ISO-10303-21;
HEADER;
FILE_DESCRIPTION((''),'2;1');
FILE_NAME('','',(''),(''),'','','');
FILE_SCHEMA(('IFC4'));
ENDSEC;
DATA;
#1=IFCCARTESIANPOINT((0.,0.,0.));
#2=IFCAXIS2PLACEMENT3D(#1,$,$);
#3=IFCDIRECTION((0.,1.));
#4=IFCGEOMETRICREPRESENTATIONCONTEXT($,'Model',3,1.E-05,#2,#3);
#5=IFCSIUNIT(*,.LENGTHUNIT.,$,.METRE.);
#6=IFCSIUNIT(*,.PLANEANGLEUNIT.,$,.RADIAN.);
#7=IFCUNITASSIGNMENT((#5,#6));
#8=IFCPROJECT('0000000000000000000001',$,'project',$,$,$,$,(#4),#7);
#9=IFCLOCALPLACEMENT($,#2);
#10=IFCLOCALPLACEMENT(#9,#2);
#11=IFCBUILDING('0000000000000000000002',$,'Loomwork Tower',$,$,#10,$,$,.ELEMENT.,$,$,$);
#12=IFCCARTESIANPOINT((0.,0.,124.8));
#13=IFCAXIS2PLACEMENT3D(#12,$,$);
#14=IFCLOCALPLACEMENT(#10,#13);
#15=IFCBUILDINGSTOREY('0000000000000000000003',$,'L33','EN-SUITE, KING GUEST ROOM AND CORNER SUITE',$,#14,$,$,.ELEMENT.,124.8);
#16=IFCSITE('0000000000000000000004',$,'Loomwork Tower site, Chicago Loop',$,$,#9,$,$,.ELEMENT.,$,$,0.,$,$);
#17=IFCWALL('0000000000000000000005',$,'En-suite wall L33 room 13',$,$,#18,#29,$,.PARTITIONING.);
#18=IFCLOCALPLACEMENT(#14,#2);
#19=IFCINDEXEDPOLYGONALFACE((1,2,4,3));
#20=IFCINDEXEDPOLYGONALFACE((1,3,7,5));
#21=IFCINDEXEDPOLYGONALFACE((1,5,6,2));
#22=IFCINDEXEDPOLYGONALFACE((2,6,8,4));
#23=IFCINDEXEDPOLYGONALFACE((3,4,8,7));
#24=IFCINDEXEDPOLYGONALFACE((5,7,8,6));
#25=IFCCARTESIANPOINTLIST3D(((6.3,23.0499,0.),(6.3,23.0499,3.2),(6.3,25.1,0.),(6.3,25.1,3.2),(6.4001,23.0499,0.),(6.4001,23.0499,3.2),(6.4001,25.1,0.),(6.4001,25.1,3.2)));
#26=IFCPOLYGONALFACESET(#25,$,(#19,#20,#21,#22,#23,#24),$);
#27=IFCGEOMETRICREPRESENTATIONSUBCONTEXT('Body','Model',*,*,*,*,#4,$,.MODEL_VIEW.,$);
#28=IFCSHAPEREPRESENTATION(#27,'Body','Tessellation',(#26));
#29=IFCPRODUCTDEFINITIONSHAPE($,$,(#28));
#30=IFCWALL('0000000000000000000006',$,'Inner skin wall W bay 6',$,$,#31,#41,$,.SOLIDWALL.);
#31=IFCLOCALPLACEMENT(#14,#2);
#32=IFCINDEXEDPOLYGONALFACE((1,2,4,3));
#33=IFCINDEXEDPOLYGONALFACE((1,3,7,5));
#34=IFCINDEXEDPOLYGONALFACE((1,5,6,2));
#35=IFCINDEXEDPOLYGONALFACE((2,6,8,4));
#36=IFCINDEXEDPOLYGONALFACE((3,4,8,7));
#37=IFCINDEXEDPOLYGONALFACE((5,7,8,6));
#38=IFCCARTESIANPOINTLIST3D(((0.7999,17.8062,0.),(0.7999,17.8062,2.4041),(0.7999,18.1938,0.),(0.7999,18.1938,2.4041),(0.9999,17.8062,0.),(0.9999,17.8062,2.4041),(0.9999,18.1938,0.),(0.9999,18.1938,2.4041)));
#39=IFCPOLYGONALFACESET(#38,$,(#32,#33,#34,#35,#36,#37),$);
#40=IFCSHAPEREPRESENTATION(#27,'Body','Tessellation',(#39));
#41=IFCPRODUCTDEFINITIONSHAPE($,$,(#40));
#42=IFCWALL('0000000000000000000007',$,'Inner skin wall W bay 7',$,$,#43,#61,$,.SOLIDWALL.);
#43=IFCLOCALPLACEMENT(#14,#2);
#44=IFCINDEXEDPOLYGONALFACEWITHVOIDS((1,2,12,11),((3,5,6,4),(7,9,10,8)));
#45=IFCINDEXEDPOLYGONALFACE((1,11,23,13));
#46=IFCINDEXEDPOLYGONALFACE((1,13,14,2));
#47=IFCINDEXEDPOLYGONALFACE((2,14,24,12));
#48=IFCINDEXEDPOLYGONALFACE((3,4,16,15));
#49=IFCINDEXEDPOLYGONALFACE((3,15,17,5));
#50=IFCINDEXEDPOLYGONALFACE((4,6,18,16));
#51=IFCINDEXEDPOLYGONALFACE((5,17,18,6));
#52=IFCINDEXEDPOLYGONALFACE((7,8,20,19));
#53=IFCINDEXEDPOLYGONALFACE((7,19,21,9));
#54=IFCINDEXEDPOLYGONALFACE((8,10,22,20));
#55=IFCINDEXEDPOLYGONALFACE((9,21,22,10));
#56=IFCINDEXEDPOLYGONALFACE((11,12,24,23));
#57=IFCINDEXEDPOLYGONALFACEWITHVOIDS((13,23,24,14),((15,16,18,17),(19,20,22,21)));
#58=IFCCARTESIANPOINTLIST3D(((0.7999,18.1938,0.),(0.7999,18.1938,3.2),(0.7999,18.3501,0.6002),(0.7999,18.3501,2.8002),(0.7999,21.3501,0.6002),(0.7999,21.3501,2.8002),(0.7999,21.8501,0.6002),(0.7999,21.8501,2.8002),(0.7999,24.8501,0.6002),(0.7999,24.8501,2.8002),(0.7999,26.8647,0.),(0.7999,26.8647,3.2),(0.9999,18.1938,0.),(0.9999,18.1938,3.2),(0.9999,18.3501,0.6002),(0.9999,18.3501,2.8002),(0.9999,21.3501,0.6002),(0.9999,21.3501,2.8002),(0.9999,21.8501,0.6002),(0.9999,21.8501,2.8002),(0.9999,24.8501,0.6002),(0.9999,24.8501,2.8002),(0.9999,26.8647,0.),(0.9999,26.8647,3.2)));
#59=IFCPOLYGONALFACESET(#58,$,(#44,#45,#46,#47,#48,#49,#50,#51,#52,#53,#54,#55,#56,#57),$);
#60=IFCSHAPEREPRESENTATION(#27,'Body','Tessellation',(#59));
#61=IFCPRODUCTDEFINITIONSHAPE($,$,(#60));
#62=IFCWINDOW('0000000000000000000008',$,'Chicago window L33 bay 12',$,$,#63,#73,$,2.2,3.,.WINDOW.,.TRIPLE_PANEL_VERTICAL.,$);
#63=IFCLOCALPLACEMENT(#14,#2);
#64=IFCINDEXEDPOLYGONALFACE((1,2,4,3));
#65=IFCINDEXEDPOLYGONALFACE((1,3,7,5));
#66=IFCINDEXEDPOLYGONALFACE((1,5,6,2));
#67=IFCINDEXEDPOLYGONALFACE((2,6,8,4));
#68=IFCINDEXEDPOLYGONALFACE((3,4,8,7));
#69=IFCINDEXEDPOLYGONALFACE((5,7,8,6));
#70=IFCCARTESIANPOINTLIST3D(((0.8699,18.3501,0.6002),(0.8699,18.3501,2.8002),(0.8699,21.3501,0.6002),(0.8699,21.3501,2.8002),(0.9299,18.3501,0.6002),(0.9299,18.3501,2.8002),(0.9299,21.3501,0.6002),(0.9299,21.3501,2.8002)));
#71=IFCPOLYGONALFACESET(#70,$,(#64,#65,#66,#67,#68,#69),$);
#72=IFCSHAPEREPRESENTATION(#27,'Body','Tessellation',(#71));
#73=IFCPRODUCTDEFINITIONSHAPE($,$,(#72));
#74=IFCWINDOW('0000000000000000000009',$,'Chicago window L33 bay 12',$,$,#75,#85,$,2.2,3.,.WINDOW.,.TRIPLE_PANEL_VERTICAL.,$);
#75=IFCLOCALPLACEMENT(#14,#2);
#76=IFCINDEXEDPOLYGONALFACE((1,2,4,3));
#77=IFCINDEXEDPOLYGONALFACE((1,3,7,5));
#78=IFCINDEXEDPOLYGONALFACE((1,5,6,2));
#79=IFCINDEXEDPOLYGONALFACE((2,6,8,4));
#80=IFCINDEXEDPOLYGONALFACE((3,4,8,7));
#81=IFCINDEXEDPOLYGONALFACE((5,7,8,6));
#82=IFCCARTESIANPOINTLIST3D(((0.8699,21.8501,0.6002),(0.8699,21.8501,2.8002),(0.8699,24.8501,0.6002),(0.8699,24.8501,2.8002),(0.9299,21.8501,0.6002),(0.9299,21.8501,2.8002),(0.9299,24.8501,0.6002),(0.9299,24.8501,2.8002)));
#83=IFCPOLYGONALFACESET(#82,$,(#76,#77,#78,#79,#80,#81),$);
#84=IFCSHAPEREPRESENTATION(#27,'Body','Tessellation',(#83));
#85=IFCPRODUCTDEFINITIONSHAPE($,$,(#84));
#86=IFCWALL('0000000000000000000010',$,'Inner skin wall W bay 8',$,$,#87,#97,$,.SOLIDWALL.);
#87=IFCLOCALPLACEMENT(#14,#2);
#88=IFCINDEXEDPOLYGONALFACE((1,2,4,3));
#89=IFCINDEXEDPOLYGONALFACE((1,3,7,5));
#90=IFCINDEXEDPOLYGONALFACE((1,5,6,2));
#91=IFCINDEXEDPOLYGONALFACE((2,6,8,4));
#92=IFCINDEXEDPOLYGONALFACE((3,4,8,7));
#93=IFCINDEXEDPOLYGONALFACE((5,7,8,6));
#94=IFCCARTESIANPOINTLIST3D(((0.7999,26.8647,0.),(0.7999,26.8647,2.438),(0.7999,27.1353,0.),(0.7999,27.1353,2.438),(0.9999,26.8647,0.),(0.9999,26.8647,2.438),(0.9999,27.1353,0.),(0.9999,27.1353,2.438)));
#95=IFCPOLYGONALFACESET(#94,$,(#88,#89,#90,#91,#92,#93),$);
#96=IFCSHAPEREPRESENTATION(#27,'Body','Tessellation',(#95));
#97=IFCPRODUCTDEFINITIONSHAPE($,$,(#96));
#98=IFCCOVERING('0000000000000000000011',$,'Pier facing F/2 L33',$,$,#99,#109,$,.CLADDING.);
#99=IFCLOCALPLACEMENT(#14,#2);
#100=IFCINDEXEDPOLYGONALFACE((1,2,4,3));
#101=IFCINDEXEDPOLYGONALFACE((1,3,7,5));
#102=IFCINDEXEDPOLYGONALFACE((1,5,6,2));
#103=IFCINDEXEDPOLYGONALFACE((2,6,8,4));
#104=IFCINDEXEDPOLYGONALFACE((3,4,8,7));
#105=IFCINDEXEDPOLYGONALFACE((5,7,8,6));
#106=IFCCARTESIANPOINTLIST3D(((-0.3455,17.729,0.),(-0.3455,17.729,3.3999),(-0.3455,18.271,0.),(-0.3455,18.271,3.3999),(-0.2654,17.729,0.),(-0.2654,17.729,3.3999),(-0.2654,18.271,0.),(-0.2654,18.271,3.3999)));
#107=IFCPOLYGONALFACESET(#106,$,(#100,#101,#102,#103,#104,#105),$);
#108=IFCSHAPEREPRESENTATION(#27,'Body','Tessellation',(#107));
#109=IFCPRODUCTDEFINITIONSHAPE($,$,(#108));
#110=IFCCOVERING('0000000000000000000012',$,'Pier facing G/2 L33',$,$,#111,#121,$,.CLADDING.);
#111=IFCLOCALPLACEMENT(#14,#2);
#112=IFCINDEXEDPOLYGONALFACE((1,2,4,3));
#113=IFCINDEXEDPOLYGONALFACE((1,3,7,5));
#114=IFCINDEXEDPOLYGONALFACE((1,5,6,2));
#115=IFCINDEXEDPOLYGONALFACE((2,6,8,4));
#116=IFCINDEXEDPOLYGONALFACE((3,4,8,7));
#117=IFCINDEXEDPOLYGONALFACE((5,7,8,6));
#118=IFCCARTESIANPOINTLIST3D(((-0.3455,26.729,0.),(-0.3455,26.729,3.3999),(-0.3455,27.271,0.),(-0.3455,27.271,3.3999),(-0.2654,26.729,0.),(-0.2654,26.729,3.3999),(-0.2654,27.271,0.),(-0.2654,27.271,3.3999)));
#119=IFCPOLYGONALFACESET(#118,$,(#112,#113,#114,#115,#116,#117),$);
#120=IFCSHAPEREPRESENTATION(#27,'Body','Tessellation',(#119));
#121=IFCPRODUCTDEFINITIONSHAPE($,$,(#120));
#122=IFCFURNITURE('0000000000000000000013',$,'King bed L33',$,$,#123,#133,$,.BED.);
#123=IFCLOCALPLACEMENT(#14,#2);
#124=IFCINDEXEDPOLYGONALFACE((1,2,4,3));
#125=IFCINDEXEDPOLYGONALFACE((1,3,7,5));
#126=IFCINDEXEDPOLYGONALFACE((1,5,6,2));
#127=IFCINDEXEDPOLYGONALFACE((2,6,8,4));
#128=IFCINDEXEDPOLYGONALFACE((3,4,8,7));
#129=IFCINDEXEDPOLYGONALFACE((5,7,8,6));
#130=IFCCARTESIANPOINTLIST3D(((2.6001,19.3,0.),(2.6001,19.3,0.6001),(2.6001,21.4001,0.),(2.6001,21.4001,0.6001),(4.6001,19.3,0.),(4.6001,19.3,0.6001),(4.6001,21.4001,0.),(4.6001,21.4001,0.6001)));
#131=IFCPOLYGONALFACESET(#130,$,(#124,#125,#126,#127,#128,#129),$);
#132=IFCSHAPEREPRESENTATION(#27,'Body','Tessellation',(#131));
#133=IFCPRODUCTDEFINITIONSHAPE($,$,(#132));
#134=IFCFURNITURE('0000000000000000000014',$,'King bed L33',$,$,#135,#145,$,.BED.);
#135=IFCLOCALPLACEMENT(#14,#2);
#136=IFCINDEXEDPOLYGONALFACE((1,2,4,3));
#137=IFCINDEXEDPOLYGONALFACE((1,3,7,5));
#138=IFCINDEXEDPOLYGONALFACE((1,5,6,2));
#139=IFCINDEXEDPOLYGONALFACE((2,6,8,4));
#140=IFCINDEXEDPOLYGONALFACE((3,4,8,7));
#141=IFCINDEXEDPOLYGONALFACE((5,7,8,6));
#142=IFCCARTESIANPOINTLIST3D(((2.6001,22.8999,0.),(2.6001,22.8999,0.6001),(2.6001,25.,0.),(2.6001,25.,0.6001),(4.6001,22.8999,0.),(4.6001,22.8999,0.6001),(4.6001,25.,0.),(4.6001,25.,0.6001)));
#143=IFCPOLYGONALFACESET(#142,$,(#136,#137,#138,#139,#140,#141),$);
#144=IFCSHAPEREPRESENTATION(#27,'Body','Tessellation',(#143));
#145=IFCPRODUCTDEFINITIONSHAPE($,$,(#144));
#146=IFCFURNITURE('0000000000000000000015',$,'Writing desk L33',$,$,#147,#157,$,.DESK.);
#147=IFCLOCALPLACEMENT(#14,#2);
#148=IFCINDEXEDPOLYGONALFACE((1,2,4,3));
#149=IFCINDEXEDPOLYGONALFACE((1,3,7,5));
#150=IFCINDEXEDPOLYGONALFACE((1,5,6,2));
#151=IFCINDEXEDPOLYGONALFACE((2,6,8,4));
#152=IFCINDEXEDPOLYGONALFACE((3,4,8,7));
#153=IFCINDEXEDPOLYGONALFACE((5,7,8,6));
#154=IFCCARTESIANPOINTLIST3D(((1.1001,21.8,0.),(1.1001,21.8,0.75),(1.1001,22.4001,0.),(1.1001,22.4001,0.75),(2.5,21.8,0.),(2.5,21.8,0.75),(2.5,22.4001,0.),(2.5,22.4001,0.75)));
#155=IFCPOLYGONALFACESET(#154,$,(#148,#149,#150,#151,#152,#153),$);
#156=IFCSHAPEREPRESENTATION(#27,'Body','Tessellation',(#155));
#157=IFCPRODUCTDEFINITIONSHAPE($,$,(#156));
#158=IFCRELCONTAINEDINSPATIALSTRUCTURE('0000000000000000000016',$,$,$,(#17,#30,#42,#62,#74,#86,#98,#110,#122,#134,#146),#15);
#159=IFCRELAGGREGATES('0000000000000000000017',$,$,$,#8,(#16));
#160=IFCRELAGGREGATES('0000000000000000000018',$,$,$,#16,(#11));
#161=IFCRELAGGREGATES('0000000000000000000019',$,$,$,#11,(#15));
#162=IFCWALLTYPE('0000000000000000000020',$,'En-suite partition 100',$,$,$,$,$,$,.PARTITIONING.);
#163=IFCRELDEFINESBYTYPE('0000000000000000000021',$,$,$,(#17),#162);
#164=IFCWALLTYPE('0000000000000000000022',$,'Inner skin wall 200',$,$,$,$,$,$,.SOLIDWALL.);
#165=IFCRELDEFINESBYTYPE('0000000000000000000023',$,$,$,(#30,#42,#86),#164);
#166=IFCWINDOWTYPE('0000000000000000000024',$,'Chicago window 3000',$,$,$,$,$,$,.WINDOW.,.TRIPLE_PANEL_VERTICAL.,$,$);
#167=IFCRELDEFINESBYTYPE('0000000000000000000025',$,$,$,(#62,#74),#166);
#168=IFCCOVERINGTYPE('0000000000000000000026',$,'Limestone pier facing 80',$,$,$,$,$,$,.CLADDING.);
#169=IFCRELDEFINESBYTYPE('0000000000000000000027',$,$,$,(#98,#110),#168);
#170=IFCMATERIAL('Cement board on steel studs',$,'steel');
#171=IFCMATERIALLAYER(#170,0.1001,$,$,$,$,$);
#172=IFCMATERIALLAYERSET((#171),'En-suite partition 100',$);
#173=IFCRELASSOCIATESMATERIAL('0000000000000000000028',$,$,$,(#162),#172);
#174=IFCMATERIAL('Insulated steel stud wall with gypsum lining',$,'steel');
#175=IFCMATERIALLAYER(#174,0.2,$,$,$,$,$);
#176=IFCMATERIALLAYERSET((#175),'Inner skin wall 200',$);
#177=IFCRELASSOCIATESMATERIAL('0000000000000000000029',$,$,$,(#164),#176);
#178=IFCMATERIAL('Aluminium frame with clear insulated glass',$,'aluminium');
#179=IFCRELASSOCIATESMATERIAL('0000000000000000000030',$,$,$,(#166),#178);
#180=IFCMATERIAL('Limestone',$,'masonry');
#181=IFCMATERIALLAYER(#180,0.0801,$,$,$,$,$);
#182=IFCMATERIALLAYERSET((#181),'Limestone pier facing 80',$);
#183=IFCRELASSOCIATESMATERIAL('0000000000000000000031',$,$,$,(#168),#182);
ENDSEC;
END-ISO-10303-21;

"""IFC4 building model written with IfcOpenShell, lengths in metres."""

from ifc_helpers import new_model, si_unit, direction, frame, frame_2d, origin, origin_2d, place, context, subcontext, project, spatial, rectangle, extrude, material, layer, layer_set, type_object, element, fill, save


model = new_model("IFC4")

# Units and contexts
model_context = context("Model", 3, precision=1e-05, world=origin(), true_north=direction((0.0, 1.0)))
body_context = subcontext(model_context, "Body", "Model", "MODEL_VIEW")
ifc_project = project(units=[si_unit("LENGTHUNIT", "METRE"), si_unit("PLANEANGLEUNIT", "RADIAN")], contexts=[model_context])

# Site, building, storey
site_placement = place(None, origin())
site = spatial("IfcSite", under=ifc_project, at=site_placement, Name="Loomwork Tower site, Chicago Loop", CompositionType="ELEMENT", RefElevation=0.0)
building_placement = place(site_placement, origin())
building = spatial("IfcBuilding", under=site, at=building_placement, Name="Loomwork Tower", CompositionType="ELEMENT")
storey_placement = place(building_placement, frame((0.0, 0.0, 124.8)))
storey = spatial("IfcBuildingStorey", under=building, at=storey_placement, Name="L33", Description="EN-SUITE, KING GUEST ROOM AND CORNER SUITE", CompositionType="ELEMENT", Elevation=124.8)

# Shared definitions
ifc_material_1 = material(Name="Cement board on steel studs", Category="steel")
ifc_layer_1 = layer(ifc_material_1, 0.1001)
ifc_layer_set_1 = layer_set([ifc_layer_1], Name="En-suite partition 100")
wall_type_1 = type_object("IfcWallType", Name="En-suite partition 100", PredefinedType="PARTITIONING", material=ifc_layer_set_1)

# Walls
wall_1_placement = place(storey_placement, frame((6.3501, 23.05, 0.0), z_axis=(0.0, 0.0, 1.0), x_axis=(0.0, 1.0, 0.0)))
element("IfcWall", 1, at=wall_1_placement, inside=storey, type_object=wall_type_1, Name="En-suite wall L33 room 13", PredefinedType="PARTITIONING", context=body_context, shape_type="SweptSolid", body=[
    extrude(rectangle(XDim=2.05, YDim=0.1001, at=frame_2d((1.0249, 0.0))), origin(), (0.0, 0.0, 1.0), 3.2),
])
ifc_material_2 = material(Name="Insulated steel stud wall with gypsum lining", Category="steel")
ifc_layer_2 = layer(ifc_material_2, 0.2)
ifc_layer_set_2 = layer_set([ifc_layer_2], Name="Inner skin wall 200")
wall_type_2 = type_object("IfcWallType", Name="Inner skin wall 200", PredefinedType="SOLIDWALL", material=ifc_layer_set_2)
wall_2_placement = place(storey_placement, frame((0.8999, 17.8062, 0.0), z_axis=(0.0, 0.0, 1.0), x_axis=(0.0, 1.0, 0.0)))
element("IfcWall", 2, at=wall_2_placement, inside=storey, type_object=wall_type_2, Name="Inner skin wall W bay 6", PredefinedType="SOLIDWALL", context=body_context, shape_type="SweptSolid", body=[
    extrude(rectangle(XDim=0.3877, YDim=0.2, at=frame_2d((0.1938, 0.0))), origin(), (0.0, 0.0, 1.0), 2.4041),
])

# Wall, openings, windows
wall_3_placement = place(storey_placement, frame((0.8999, 18.1938, 0.0), z_axis=(0.0, 0.0, 1.0), x_axis=(0.0, 1.0, 0.0)))
wall_3 = element("IfcWall", 3, at=wall_3_placement, inside=storey, type_object=wall_type_2, Name="Inner skin wall W bay 7", PredefinedType="SOLIDWALL", context=body_context, shape_type="SweptSolid", body=[
    extrude(rectangle(XDim=8.6709, YDim=0.2, at=frame_2d((4.3354, 0.0))), origin(), (0.0, 0.0, 1.0), 3.2),
])
opening_1_placement = place(wall_3_placement, frame((0.1562, 0.0, 0.6001)))
opening_1 = element("IfcOpeningElement", 4, at=opening_1_placement, cuts=wall_3, PredefinedType="OPENING", context=body_context, shape_type="SweptSolid", body=[
    extrude(rectangle(XDim=3.0, YDim=2.2, at=frame_2d((1.5, 1.1001))), frame((0.0, 0.1099, 0.0), z_axis=(0.0, -1.0, 0.0), x_axis=(1.0, 0.0, 0.0)), (0.0, 0.0, 1.0), 0.22),
])
opening_2_placement = place(wall_3_placement, frame((3.6562, 0.0, 0.6001)))
opening_2 = element("IfcOpeningElement", 5, at=opening_2_placement, cuts=wall_3, PredefinedType="OPENING", context=body_context, shape_type="SweptSolid", body=[
    extrude(rectangle(XDim=3.0, YDim=2.2, at=frame_2d((1.5, 1.1001))), frame((0.0, 0.1099, 0.0), z_axis=(0.0, -1.0, 0.0), x_axis=(1.0, 0.0, 0.0)), (0.0, 0.0, 1.0), 0.22),
])
ifc_material_3 = material(Name="Aluminium frame with clear insulated glass", Category="aluminium")
window_type = type_object("IfcWindowType", Name="Chicago window 3000", PartitioningType="TRIPLE_PANEL_VERTICAL", PredefinedType="WINDOW", material=ifc_material_3)
window_1_placement = place(opening_1_placement, origin())
window_1 = element("IfcWindow", 6, at=window_1_placement, inside=storey, type_object=window_type, Name="Chicago window L33 bay 12", OverallHeight=2.2, OverallWidth=3.0, PartitioningType="TRIPLE_PANEL_VERTICAL", PredefinedType="WINDOW", context=body_context, shape_type="SweptSolid", body=[
    extrude(rectangle(XDim=3.0, YDim=2.2, at=frame_2d((1.5, 1.1001))), frame((0.0, 0.03, 0.0), z_axis=(0.0, -1.0, 0.0), x_axis=(1.0, 0.0, 0.0)), (0.0, 0.0, 1.0), 0.0601),
])
fill(opening_1, window_1)
window_2_placement = place(opening_2_placement, origin())
window_2 = element("IfcWindow", 7, at=window_2_placement, inside=storey, type_object=window_type, Name="Chicago window L33 bay 12", OverallHeight=2.2, OverallWidth=3.0, PartitioningType="TRIPLE_PANEL_VERTICAL", PredefinedType="WINDOW", context=body_context, shape_type="SweptSolid", body=[
    extrude(rectangle(XDim=3.0, YDim=2.2, at=frame_2d((1.5, 1.1001))), frame((0.0, 0.03, 0.0), z_axis=(0.0, -1.0, 0.0), x_axis=(1.0, 0.0, 0.0)), (0.0, 0.0, 1.0), 0.0601),
])
fill(opening_2, window_2)

# Wall
wall_4_placement = place(storey_placement, frame((0.8999, 26.8647, 0.0), z_axis=(0.0, 0.0, 1.0), x_axis=(0.0, 1.0, 0.0)))
element("IfcWall", 8, at=wall_4_placement, inside=storey, type_object=wall_type_2, Name="Inner skin wall W bay 8", PredefinedType="SOLIDWALL", context=body_context, shape_type="SweptSolid", body=[
    extrude(rectangle(XDim=0.2705, YDim=0.2, at=frame_2d((0.1353, 0.0))), origin(), (0.0, 0.0, 1.0), 2.438),
])

# Coverings
ifc_material_4 = material(Name="Limestone", Category="masonry")
ifc_layer_3 = layer(ifc_material_4, 0.0801)
ifc_layer_set_3 = layer_set([ifc_layer_3], Name="Limestone pier facing 80")
covering_type = type_object("IfcCoveringType", Name="Limestone pier facing 80", PredefinedType="CLADDING", material=ifc_layer_set_3)
for number, where, z_axis, x_axis, name in (
    (9, (-0.3054, 18.0, 0.0), (0.0, 0.0, 1.0), (1.0, 0.0, 0.0), "Pier facing F/2 L33"),
    (10, (-0.3054, 27.0, 0.0), (0.0, 0.0, 1.0), (1.0, 0.0, 0.0), "Pier facing G/2 L33"),
):
    element("IfcCovering", number, at=place(storey_placement, frame(where, z_axis=z_axis, x_axis=x_axis)), inside=storey, type_object=covering_type, Name=name, PredefinedType="CLADDING", context=body_context, shape_type="SweptSolid", body=[
        extrude(rectangle(XDim=0.0801, YDim=0.542, at=origin_2d()), origin(), (0.0, 0.0, 1.0), 3.3999),
    ])

# Furniture
for number, where, z_axis, x_axis, name in (
    (11, (3.6001, 20.3501, 0.0), (0.0, 0.0, 1.0), (1.0, 0.0, 0.0), "King bed L33"),
    (12, (3.6001, 23.95, 0.0), (0.0, 0.0, 1.0), (1.0, 0.0, 0.0), "King bed L33"),
):
    element("IfcFurniture", number, at=place(storey_placement, frame(where, z_axis=z_axis, x_axis=x_axis)), inside=storey, Name=name, PredefinedType="BED", context=body_context, shape_type="SweptSolid", body=[
        extrude(rectangle(XDim=2.0, YDim=2.1001, at=origin_2d()), origin(), (0.0, 0.0, 1.0), 0.6001),
    ])
furniture_placement = place(storey_placement, frame((1.8, 22.1001, 0.0), z_axis=(0.0, 0.0, 1.0), x_axis=(1.0, 0.0, 0.0)))
element("IfcFurniture", 13, at=furniture_placement, inside=storey, Name="Writing desk L33", PredefinedType="DESK", context=body_context, shape_type="SweptSolid", body=[
    extrude(rectangle(XDim=1.3999, YDim=0.6001, at=origin_2d()), origin(), (0.0, 0.0, 1.0), 0.75),
])

save(model, "model.ifc")
